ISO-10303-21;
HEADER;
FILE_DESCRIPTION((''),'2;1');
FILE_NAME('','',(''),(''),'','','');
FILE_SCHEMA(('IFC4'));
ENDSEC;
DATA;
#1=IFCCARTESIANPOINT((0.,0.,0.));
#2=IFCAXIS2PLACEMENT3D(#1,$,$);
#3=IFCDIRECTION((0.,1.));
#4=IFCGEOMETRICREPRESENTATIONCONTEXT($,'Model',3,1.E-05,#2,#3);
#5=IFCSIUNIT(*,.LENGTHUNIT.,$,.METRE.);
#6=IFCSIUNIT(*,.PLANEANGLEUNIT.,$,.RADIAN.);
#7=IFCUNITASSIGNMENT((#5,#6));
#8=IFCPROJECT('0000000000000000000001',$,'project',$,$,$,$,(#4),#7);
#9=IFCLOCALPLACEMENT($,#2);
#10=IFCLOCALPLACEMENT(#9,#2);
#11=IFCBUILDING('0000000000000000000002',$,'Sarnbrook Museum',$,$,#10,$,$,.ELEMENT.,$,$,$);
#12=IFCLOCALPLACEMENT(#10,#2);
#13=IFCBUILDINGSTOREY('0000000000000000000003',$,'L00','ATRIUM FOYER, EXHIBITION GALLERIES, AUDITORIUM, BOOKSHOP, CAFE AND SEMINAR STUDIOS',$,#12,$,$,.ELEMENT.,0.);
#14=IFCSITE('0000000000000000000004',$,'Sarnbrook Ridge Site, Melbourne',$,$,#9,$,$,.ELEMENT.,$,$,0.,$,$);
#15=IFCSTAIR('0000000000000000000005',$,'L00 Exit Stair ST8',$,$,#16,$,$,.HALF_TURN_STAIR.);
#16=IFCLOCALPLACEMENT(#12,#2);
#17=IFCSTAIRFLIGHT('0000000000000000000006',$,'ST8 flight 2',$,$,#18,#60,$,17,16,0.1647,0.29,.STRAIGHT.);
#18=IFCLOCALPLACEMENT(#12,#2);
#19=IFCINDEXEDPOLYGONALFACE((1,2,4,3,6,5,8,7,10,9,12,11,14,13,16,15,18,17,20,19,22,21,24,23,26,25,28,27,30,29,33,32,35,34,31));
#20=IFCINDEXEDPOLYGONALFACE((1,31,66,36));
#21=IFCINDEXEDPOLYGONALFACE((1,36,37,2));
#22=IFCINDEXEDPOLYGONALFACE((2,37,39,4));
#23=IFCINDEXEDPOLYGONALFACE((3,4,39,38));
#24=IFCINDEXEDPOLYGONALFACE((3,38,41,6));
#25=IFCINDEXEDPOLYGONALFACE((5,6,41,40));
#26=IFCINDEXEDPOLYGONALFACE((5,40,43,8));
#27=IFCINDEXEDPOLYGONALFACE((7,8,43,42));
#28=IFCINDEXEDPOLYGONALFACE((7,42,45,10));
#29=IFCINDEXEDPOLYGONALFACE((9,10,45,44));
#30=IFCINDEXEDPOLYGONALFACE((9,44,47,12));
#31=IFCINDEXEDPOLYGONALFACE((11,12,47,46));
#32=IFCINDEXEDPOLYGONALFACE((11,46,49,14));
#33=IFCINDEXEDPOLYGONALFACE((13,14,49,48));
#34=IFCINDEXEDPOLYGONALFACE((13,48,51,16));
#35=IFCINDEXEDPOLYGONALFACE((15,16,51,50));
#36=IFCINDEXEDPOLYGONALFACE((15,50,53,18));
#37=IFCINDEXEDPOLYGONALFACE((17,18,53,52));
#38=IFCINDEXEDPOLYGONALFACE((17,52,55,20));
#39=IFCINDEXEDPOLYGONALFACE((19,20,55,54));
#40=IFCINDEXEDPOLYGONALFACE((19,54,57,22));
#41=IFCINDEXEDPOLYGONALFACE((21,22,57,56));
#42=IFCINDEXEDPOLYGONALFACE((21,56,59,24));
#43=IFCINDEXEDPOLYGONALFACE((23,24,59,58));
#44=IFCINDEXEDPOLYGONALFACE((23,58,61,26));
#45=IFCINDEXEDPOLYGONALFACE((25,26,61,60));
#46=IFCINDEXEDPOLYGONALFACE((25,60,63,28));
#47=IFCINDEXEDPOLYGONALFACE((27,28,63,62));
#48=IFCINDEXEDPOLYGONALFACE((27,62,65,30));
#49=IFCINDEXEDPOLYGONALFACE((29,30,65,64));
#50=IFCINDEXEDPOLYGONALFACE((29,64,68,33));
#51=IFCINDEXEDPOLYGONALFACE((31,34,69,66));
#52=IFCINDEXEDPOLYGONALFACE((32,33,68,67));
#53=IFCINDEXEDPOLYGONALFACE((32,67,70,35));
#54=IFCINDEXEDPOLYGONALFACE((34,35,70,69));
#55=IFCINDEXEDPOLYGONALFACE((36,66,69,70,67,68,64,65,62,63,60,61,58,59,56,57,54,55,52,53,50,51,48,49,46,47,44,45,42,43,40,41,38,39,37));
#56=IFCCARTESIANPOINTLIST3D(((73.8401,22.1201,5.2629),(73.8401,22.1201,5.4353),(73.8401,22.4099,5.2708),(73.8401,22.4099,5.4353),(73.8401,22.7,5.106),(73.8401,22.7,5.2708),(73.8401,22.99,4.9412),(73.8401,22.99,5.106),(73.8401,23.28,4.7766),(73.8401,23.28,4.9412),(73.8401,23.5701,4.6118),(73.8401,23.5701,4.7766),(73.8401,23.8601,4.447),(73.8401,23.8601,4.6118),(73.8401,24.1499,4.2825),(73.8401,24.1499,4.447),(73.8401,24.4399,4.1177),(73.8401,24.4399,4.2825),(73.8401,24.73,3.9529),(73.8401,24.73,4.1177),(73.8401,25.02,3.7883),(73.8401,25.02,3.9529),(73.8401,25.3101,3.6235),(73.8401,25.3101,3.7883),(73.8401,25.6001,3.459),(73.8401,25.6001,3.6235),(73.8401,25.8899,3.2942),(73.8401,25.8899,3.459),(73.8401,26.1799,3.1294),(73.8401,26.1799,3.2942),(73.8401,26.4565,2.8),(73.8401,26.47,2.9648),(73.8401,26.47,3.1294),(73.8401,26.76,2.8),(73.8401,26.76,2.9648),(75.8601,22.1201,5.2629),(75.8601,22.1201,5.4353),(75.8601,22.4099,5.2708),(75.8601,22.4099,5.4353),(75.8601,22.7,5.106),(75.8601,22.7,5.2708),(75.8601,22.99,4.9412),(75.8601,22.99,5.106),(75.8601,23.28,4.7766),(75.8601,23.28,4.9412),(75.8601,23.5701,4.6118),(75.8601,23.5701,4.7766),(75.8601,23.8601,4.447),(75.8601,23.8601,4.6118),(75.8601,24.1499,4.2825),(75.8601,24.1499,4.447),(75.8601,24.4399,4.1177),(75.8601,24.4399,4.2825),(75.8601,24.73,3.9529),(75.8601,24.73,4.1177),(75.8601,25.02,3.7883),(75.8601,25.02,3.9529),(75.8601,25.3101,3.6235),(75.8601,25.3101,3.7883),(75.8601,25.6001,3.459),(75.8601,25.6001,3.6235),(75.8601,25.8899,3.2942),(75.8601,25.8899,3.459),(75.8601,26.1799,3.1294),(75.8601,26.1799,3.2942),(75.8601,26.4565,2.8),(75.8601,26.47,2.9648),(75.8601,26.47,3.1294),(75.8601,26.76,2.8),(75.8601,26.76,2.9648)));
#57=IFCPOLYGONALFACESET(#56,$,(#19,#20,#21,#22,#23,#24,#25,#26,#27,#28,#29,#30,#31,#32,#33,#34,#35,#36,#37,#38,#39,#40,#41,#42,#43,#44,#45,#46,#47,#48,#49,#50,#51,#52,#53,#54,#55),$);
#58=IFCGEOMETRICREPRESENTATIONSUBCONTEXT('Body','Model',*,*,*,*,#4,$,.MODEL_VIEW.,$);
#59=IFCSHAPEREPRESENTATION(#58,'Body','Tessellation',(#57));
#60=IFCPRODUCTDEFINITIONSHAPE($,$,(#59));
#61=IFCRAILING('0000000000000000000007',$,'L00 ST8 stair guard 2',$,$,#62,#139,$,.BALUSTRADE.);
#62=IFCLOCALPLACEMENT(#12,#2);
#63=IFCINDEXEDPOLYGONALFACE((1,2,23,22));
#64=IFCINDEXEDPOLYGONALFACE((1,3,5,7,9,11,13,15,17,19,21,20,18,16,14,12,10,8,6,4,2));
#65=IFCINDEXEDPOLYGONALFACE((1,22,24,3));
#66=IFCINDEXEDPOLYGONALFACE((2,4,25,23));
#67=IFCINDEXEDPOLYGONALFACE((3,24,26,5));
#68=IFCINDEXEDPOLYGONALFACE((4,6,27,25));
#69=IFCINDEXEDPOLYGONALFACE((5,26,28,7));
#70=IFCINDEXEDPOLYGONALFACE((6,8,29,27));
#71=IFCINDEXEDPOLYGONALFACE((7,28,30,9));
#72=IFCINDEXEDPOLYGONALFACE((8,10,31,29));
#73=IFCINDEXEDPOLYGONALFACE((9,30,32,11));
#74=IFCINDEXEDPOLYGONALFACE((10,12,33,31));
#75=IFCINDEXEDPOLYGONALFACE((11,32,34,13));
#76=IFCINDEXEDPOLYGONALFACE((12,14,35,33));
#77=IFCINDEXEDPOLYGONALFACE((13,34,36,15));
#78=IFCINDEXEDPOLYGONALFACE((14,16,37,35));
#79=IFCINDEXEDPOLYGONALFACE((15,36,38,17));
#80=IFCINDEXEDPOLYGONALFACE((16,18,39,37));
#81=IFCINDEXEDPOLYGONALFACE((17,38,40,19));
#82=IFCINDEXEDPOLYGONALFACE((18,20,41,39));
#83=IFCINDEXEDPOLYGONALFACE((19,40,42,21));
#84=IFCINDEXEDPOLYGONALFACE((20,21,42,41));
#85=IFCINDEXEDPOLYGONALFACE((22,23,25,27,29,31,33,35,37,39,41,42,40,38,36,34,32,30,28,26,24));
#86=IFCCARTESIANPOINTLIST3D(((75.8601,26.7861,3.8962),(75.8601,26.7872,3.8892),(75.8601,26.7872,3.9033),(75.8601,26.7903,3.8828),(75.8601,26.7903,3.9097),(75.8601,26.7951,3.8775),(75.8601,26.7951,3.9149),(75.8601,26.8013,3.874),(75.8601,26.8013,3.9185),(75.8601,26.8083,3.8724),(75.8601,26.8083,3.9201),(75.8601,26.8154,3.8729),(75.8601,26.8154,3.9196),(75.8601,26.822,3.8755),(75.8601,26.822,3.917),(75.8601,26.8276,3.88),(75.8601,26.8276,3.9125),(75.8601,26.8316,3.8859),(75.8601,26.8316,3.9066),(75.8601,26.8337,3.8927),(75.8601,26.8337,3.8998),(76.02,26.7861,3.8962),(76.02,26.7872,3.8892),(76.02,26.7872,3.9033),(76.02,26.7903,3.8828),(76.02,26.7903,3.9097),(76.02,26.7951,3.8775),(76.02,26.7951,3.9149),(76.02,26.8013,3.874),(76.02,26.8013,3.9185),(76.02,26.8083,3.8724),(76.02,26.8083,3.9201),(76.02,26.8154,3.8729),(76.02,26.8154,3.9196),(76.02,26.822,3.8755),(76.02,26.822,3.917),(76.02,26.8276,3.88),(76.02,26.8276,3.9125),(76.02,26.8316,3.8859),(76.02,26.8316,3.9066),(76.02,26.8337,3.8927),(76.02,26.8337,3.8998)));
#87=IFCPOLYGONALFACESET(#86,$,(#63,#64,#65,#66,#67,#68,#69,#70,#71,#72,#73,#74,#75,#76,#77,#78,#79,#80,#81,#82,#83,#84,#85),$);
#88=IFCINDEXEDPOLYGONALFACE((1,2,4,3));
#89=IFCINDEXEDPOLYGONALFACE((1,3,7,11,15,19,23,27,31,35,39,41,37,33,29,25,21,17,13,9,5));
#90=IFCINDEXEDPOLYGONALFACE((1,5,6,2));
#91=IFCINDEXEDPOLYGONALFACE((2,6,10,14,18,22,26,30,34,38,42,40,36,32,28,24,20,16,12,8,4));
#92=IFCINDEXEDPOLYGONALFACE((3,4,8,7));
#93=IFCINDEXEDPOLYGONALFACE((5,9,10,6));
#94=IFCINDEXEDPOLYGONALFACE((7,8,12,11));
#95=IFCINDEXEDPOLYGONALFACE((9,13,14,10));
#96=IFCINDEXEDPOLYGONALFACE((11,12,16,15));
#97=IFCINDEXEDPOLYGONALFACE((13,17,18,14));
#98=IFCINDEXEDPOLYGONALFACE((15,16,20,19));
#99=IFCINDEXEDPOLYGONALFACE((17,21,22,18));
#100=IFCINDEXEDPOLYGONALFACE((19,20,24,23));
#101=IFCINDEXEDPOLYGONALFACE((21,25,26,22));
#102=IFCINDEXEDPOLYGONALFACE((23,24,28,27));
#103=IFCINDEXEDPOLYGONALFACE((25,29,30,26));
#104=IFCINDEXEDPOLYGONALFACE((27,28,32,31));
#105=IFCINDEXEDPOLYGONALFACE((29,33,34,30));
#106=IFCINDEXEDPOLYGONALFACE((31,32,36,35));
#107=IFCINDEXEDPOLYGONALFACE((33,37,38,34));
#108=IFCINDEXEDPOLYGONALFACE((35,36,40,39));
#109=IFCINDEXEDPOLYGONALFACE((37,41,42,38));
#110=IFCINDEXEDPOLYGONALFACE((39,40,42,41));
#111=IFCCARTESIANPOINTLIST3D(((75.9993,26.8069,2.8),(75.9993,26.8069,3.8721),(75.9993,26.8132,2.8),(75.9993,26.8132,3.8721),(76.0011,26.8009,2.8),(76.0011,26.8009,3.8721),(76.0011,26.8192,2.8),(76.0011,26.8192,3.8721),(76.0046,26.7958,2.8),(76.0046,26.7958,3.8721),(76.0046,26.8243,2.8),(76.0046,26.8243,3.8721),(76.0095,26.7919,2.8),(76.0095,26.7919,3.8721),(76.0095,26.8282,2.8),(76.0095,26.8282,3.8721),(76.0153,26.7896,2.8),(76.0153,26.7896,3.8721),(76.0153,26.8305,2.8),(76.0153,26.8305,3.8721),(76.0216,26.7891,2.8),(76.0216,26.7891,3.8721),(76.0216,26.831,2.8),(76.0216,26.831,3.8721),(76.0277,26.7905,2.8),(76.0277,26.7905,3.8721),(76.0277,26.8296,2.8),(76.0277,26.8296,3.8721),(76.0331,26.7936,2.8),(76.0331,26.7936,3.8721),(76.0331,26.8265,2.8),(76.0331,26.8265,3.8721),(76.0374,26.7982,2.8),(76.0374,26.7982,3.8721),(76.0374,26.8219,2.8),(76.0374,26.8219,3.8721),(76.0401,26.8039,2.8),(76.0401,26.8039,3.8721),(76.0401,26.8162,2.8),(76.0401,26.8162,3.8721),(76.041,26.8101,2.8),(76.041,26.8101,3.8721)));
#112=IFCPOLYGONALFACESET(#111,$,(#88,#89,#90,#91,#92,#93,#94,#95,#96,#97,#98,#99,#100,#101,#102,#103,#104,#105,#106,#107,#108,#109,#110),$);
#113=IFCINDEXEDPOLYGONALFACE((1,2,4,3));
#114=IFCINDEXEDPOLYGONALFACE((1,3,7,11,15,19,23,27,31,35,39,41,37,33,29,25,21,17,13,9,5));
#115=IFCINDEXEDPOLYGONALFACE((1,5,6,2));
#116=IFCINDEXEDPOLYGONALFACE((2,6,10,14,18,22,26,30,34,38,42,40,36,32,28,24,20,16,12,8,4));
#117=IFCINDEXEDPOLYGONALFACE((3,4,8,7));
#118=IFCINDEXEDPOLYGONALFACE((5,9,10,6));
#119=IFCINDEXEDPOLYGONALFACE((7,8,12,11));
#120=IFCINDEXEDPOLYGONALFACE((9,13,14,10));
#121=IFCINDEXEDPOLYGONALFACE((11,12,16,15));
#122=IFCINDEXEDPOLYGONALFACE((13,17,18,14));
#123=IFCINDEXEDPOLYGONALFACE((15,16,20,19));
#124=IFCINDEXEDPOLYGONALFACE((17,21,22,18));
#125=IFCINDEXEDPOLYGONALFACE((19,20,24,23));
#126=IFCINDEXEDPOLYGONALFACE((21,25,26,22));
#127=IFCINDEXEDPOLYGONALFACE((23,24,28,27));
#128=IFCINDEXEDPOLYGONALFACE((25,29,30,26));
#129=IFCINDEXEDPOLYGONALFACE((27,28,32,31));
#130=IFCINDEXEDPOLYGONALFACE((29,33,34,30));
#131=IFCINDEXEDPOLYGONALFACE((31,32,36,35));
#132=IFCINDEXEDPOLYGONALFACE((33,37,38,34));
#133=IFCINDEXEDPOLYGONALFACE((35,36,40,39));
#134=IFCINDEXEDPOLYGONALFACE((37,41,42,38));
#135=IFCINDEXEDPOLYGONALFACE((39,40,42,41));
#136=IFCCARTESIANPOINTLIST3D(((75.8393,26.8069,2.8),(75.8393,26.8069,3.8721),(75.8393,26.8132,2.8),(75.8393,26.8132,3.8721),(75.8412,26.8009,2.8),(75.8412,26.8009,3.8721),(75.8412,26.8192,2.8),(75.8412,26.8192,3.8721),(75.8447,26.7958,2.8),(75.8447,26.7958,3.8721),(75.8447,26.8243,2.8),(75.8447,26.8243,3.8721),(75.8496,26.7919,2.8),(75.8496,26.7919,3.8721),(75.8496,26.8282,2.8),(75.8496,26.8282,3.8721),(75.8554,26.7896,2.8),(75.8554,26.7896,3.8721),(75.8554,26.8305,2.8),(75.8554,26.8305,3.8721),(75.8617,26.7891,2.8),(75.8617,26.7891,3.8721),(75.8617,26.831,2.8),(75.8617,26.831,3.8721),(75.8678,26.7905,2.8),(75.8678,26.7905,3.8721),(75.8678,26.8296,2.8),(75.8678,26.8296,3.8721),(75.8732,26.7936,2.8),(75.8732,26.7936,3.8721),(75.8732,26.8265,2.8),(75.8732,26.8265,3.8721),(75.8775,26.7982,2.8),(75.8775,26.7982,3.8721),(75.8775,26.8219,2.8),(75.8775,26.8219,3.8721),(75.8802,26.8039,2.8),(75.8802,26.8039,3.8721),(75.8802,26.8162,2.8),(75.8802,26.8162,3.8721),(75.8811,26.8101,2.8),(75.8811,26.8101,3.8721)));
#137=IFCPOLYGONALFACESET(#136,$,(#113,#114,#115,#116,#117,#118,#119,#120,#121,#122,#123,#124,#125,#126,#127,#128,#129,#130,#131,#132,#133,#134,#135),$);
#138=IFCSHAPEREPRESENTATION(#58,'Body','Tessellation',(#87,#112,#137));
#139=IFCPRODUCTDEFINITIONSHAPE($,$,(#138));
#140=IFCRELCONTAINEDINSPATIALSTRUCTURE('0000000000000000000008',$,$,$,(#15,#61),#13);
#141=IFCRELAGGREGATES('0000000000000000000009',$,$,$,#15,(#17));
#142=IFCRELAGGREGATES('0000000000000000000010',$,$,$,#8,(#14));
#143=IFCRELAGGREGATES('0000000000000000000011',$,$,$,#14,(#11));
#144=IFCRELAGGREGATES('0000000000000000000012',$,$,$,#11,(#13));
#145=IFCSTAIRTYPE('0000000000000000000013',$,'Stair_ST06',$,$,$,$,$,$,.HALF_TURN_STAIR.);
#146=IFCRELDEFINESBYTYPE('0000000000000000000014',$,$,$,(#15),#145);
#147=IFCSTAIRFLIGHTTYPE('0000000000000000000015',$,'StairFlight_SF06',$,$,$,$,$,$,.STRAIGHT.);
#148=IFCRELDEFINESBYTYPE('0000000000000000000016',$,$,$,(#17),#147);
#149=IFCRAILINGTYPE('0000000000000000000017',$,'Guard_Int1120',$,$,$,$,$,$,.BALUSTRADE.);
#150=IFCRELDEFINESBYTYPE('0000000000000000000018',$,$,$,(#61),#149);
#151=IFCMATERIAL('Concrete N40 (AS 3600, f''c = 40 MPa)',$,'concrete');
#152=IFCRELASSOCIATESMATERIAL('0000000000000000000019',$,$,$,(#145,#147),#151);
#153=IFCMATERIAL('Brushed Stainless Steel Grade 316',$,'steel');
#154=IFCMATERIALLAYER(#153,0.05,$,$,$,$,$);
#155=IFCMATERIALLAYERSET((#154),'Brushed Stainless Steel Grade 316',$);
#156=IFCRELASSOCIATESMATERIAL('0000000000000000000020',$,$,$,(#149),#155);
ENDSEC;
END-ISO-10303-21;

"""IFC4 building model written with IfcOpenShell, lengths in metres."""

from ifc_helpers import new_model, si_unit, direction, frame, origin, origin_2d, place, context, subcontext, project, spatial, polyline, circle, outline, extrude, material, layer, layer_set, type_object, element, aggregate, save


model = new_model("IFC4")

# Units and contexts
model_context = context("Model", 3, precision=1e-05, world=origin(), true_north=direction((0.0, 1.0)))
body_context = subcontext(model_context, "Body", "Model", "MODEL_VIEW")
ifc_project = project(units=[si_unit("LENGTHUNIT", "METRE"), si_unit("PLANEANGLEUNIT", "RADIAN")], contexts=[model_context])

# Site, building, storey
site_placement = place(None, origin())
site = spatial("IfcSite", under=ifc_project, at=site_placement, Name="Sarnbrook Ridge Site, Melbourne", CompositionType="ELEMENT", RefElevation=0.0)
building_placement = place(site_placement, origin())
building = spatial("IfcBuilding", under=site, at=building_placement, Name="Sarnbrook Museum", CompositionType="ELEMENT")
storey_placement = place(building_placement, origin())
storey = spatial("IfcBuildingStorey", under=building, at=storey_placement, Name="L00", Description="ATRIUM FOYER, EXHIBITION GALLERIES, AUDITORIUM, BOOKSHOP, CAFE AND SEMINAR STUDIOS", CompositionType="ELEMENT", Elevation=0.0)

# Stair, stair flight
ifc_material_1 = material(Name="Concrete N40 (AS 3600, f'c = 40 MPa)", Category="concrete")
stair_type = type_object("IfcStairType", Name="Stair_ST06", PredefinedType="HALF_TURN_STAIR", material=ifc_material_1)
stair_placement = place(storey_placement, origin())
stair = element("IfcStair", 1, at=stair_placement, inside=storey, type_object=stair_type, Name="L00 Exit Stair ST8", PredefinedType="HALF_TURN_STAIR")
stair_flight_type = type_object("IfcStairFlightType", Name="StairFlight_SF06", PredefinedType="STRAIGHT", material=ifc_material_1)
stair_flight_placement = place(storey_placement, frame((74.8501, 26.76, 2.8), z_axis=(0.0, 0.0, 1.0), x_axis=(0.0, -1.0, 0.0)))
stair_flight = element("IfcStairFlight", 2, at=stair_flight_placement, type_object=stair_flight_type, Name="ST8 flight 2", NumberOfRisers=17, NumberOfTreads=16, PredefinedType="STRAIGHT", RiserHeight=0.1647, TreadLength=0.29, context=body_context, shape_type="SweptSolid", body=[
    extrude(outline(polyline([(0.0, 0.0), (0.0, 0.1648), (0.29, 0.1648), (0.29, 0.3293), (0.5801, 0.3293), (0.5801, 0.4941), (0.8701, 0.4941), (0.8701, 0.6589), (1.1599, 0.6589), (1.1599, 0.8235), (1.45, 0.8235), (1.45, 0.9883), (1.74, 0.9883), (1.74, 1.1528), (2.03, 1.1528), (2.03, 1.3176), (2.3201, 1.3176), (2.3201, 1.4824), (2.6101, 1.4824), (2.6101, 1.647), (2.8999, 1.647), (2.8999, 1.8118), (3.1899, 1.8118), (3.1899, 1.9766), (3.48, 1.9766), (3.48, 2.1411), (3.77, 2.1411), (3.77, 2.3059), (4.0601, 2.3059), (4.0601, 2.4707), (4.3501, 2.4707), (4.3501, 2.6353), (4.6399, 2.6353), (4.6399, 2.8), (4.6399, 2.4629), (0.3035, 0.0), (0.0, 0.0)])), frame((0.0, 1.01, 0.0), z_axis=(0.0, -1.0, 0.0), x_axis=(1.0, 0.0, 0.0)), (0.0, 0.0, 1.0), 2.02),
])
aggregate(stair, [stair_flight])

# Railing
ifc_material_2 = material(Name="Brushed Stainless Steel Grade 316", Category="steel")
ifc_layer_1 = layer(ifc_material_2, 0.05)
ifc_layer_set_1 = layer_set([ifc_layer_1], Name="Brushed Stainless Steel Grade 316")
railing_type = type_object("IfcRailingType", Name="Guard_Int1120", PredefinedType="BALUSTRADE", material=ifc_layer_set_1)
railing_1_placement = place(storey_placement, frame((76.02, 26.8101, 2.8)))
element("IfcRailing", 3, at=railing_1_placement, inside=storey, type_object=railing_type, Name="L00 ST8 stair guard 2", PredefinedType="BALUSTRADE", context=body_context, shape_type="SweptSolid", body=[
    extrude(circle(Radius=0.0239, at=origin_2d()), frame((0.0, 0.0, 1.0962), z_axis=(-1.0, 0.0, 0.0), x_axis=(0.0, -1.0, 0.0)), (0.0, 0.0, 1.0), 0.1599),
    extrude(circle(Radius=0.021, at=origin_2d()), origin(), (0.0, 0.0, 1.0), 1.072),
    extrude(circle(Radius=0.021, at=origin_2d()), frame((-0.1599, 0.0, 0.0)), (0.0, 0.0, 1.0), 1.072),
])

save(model, "model.ifc")
